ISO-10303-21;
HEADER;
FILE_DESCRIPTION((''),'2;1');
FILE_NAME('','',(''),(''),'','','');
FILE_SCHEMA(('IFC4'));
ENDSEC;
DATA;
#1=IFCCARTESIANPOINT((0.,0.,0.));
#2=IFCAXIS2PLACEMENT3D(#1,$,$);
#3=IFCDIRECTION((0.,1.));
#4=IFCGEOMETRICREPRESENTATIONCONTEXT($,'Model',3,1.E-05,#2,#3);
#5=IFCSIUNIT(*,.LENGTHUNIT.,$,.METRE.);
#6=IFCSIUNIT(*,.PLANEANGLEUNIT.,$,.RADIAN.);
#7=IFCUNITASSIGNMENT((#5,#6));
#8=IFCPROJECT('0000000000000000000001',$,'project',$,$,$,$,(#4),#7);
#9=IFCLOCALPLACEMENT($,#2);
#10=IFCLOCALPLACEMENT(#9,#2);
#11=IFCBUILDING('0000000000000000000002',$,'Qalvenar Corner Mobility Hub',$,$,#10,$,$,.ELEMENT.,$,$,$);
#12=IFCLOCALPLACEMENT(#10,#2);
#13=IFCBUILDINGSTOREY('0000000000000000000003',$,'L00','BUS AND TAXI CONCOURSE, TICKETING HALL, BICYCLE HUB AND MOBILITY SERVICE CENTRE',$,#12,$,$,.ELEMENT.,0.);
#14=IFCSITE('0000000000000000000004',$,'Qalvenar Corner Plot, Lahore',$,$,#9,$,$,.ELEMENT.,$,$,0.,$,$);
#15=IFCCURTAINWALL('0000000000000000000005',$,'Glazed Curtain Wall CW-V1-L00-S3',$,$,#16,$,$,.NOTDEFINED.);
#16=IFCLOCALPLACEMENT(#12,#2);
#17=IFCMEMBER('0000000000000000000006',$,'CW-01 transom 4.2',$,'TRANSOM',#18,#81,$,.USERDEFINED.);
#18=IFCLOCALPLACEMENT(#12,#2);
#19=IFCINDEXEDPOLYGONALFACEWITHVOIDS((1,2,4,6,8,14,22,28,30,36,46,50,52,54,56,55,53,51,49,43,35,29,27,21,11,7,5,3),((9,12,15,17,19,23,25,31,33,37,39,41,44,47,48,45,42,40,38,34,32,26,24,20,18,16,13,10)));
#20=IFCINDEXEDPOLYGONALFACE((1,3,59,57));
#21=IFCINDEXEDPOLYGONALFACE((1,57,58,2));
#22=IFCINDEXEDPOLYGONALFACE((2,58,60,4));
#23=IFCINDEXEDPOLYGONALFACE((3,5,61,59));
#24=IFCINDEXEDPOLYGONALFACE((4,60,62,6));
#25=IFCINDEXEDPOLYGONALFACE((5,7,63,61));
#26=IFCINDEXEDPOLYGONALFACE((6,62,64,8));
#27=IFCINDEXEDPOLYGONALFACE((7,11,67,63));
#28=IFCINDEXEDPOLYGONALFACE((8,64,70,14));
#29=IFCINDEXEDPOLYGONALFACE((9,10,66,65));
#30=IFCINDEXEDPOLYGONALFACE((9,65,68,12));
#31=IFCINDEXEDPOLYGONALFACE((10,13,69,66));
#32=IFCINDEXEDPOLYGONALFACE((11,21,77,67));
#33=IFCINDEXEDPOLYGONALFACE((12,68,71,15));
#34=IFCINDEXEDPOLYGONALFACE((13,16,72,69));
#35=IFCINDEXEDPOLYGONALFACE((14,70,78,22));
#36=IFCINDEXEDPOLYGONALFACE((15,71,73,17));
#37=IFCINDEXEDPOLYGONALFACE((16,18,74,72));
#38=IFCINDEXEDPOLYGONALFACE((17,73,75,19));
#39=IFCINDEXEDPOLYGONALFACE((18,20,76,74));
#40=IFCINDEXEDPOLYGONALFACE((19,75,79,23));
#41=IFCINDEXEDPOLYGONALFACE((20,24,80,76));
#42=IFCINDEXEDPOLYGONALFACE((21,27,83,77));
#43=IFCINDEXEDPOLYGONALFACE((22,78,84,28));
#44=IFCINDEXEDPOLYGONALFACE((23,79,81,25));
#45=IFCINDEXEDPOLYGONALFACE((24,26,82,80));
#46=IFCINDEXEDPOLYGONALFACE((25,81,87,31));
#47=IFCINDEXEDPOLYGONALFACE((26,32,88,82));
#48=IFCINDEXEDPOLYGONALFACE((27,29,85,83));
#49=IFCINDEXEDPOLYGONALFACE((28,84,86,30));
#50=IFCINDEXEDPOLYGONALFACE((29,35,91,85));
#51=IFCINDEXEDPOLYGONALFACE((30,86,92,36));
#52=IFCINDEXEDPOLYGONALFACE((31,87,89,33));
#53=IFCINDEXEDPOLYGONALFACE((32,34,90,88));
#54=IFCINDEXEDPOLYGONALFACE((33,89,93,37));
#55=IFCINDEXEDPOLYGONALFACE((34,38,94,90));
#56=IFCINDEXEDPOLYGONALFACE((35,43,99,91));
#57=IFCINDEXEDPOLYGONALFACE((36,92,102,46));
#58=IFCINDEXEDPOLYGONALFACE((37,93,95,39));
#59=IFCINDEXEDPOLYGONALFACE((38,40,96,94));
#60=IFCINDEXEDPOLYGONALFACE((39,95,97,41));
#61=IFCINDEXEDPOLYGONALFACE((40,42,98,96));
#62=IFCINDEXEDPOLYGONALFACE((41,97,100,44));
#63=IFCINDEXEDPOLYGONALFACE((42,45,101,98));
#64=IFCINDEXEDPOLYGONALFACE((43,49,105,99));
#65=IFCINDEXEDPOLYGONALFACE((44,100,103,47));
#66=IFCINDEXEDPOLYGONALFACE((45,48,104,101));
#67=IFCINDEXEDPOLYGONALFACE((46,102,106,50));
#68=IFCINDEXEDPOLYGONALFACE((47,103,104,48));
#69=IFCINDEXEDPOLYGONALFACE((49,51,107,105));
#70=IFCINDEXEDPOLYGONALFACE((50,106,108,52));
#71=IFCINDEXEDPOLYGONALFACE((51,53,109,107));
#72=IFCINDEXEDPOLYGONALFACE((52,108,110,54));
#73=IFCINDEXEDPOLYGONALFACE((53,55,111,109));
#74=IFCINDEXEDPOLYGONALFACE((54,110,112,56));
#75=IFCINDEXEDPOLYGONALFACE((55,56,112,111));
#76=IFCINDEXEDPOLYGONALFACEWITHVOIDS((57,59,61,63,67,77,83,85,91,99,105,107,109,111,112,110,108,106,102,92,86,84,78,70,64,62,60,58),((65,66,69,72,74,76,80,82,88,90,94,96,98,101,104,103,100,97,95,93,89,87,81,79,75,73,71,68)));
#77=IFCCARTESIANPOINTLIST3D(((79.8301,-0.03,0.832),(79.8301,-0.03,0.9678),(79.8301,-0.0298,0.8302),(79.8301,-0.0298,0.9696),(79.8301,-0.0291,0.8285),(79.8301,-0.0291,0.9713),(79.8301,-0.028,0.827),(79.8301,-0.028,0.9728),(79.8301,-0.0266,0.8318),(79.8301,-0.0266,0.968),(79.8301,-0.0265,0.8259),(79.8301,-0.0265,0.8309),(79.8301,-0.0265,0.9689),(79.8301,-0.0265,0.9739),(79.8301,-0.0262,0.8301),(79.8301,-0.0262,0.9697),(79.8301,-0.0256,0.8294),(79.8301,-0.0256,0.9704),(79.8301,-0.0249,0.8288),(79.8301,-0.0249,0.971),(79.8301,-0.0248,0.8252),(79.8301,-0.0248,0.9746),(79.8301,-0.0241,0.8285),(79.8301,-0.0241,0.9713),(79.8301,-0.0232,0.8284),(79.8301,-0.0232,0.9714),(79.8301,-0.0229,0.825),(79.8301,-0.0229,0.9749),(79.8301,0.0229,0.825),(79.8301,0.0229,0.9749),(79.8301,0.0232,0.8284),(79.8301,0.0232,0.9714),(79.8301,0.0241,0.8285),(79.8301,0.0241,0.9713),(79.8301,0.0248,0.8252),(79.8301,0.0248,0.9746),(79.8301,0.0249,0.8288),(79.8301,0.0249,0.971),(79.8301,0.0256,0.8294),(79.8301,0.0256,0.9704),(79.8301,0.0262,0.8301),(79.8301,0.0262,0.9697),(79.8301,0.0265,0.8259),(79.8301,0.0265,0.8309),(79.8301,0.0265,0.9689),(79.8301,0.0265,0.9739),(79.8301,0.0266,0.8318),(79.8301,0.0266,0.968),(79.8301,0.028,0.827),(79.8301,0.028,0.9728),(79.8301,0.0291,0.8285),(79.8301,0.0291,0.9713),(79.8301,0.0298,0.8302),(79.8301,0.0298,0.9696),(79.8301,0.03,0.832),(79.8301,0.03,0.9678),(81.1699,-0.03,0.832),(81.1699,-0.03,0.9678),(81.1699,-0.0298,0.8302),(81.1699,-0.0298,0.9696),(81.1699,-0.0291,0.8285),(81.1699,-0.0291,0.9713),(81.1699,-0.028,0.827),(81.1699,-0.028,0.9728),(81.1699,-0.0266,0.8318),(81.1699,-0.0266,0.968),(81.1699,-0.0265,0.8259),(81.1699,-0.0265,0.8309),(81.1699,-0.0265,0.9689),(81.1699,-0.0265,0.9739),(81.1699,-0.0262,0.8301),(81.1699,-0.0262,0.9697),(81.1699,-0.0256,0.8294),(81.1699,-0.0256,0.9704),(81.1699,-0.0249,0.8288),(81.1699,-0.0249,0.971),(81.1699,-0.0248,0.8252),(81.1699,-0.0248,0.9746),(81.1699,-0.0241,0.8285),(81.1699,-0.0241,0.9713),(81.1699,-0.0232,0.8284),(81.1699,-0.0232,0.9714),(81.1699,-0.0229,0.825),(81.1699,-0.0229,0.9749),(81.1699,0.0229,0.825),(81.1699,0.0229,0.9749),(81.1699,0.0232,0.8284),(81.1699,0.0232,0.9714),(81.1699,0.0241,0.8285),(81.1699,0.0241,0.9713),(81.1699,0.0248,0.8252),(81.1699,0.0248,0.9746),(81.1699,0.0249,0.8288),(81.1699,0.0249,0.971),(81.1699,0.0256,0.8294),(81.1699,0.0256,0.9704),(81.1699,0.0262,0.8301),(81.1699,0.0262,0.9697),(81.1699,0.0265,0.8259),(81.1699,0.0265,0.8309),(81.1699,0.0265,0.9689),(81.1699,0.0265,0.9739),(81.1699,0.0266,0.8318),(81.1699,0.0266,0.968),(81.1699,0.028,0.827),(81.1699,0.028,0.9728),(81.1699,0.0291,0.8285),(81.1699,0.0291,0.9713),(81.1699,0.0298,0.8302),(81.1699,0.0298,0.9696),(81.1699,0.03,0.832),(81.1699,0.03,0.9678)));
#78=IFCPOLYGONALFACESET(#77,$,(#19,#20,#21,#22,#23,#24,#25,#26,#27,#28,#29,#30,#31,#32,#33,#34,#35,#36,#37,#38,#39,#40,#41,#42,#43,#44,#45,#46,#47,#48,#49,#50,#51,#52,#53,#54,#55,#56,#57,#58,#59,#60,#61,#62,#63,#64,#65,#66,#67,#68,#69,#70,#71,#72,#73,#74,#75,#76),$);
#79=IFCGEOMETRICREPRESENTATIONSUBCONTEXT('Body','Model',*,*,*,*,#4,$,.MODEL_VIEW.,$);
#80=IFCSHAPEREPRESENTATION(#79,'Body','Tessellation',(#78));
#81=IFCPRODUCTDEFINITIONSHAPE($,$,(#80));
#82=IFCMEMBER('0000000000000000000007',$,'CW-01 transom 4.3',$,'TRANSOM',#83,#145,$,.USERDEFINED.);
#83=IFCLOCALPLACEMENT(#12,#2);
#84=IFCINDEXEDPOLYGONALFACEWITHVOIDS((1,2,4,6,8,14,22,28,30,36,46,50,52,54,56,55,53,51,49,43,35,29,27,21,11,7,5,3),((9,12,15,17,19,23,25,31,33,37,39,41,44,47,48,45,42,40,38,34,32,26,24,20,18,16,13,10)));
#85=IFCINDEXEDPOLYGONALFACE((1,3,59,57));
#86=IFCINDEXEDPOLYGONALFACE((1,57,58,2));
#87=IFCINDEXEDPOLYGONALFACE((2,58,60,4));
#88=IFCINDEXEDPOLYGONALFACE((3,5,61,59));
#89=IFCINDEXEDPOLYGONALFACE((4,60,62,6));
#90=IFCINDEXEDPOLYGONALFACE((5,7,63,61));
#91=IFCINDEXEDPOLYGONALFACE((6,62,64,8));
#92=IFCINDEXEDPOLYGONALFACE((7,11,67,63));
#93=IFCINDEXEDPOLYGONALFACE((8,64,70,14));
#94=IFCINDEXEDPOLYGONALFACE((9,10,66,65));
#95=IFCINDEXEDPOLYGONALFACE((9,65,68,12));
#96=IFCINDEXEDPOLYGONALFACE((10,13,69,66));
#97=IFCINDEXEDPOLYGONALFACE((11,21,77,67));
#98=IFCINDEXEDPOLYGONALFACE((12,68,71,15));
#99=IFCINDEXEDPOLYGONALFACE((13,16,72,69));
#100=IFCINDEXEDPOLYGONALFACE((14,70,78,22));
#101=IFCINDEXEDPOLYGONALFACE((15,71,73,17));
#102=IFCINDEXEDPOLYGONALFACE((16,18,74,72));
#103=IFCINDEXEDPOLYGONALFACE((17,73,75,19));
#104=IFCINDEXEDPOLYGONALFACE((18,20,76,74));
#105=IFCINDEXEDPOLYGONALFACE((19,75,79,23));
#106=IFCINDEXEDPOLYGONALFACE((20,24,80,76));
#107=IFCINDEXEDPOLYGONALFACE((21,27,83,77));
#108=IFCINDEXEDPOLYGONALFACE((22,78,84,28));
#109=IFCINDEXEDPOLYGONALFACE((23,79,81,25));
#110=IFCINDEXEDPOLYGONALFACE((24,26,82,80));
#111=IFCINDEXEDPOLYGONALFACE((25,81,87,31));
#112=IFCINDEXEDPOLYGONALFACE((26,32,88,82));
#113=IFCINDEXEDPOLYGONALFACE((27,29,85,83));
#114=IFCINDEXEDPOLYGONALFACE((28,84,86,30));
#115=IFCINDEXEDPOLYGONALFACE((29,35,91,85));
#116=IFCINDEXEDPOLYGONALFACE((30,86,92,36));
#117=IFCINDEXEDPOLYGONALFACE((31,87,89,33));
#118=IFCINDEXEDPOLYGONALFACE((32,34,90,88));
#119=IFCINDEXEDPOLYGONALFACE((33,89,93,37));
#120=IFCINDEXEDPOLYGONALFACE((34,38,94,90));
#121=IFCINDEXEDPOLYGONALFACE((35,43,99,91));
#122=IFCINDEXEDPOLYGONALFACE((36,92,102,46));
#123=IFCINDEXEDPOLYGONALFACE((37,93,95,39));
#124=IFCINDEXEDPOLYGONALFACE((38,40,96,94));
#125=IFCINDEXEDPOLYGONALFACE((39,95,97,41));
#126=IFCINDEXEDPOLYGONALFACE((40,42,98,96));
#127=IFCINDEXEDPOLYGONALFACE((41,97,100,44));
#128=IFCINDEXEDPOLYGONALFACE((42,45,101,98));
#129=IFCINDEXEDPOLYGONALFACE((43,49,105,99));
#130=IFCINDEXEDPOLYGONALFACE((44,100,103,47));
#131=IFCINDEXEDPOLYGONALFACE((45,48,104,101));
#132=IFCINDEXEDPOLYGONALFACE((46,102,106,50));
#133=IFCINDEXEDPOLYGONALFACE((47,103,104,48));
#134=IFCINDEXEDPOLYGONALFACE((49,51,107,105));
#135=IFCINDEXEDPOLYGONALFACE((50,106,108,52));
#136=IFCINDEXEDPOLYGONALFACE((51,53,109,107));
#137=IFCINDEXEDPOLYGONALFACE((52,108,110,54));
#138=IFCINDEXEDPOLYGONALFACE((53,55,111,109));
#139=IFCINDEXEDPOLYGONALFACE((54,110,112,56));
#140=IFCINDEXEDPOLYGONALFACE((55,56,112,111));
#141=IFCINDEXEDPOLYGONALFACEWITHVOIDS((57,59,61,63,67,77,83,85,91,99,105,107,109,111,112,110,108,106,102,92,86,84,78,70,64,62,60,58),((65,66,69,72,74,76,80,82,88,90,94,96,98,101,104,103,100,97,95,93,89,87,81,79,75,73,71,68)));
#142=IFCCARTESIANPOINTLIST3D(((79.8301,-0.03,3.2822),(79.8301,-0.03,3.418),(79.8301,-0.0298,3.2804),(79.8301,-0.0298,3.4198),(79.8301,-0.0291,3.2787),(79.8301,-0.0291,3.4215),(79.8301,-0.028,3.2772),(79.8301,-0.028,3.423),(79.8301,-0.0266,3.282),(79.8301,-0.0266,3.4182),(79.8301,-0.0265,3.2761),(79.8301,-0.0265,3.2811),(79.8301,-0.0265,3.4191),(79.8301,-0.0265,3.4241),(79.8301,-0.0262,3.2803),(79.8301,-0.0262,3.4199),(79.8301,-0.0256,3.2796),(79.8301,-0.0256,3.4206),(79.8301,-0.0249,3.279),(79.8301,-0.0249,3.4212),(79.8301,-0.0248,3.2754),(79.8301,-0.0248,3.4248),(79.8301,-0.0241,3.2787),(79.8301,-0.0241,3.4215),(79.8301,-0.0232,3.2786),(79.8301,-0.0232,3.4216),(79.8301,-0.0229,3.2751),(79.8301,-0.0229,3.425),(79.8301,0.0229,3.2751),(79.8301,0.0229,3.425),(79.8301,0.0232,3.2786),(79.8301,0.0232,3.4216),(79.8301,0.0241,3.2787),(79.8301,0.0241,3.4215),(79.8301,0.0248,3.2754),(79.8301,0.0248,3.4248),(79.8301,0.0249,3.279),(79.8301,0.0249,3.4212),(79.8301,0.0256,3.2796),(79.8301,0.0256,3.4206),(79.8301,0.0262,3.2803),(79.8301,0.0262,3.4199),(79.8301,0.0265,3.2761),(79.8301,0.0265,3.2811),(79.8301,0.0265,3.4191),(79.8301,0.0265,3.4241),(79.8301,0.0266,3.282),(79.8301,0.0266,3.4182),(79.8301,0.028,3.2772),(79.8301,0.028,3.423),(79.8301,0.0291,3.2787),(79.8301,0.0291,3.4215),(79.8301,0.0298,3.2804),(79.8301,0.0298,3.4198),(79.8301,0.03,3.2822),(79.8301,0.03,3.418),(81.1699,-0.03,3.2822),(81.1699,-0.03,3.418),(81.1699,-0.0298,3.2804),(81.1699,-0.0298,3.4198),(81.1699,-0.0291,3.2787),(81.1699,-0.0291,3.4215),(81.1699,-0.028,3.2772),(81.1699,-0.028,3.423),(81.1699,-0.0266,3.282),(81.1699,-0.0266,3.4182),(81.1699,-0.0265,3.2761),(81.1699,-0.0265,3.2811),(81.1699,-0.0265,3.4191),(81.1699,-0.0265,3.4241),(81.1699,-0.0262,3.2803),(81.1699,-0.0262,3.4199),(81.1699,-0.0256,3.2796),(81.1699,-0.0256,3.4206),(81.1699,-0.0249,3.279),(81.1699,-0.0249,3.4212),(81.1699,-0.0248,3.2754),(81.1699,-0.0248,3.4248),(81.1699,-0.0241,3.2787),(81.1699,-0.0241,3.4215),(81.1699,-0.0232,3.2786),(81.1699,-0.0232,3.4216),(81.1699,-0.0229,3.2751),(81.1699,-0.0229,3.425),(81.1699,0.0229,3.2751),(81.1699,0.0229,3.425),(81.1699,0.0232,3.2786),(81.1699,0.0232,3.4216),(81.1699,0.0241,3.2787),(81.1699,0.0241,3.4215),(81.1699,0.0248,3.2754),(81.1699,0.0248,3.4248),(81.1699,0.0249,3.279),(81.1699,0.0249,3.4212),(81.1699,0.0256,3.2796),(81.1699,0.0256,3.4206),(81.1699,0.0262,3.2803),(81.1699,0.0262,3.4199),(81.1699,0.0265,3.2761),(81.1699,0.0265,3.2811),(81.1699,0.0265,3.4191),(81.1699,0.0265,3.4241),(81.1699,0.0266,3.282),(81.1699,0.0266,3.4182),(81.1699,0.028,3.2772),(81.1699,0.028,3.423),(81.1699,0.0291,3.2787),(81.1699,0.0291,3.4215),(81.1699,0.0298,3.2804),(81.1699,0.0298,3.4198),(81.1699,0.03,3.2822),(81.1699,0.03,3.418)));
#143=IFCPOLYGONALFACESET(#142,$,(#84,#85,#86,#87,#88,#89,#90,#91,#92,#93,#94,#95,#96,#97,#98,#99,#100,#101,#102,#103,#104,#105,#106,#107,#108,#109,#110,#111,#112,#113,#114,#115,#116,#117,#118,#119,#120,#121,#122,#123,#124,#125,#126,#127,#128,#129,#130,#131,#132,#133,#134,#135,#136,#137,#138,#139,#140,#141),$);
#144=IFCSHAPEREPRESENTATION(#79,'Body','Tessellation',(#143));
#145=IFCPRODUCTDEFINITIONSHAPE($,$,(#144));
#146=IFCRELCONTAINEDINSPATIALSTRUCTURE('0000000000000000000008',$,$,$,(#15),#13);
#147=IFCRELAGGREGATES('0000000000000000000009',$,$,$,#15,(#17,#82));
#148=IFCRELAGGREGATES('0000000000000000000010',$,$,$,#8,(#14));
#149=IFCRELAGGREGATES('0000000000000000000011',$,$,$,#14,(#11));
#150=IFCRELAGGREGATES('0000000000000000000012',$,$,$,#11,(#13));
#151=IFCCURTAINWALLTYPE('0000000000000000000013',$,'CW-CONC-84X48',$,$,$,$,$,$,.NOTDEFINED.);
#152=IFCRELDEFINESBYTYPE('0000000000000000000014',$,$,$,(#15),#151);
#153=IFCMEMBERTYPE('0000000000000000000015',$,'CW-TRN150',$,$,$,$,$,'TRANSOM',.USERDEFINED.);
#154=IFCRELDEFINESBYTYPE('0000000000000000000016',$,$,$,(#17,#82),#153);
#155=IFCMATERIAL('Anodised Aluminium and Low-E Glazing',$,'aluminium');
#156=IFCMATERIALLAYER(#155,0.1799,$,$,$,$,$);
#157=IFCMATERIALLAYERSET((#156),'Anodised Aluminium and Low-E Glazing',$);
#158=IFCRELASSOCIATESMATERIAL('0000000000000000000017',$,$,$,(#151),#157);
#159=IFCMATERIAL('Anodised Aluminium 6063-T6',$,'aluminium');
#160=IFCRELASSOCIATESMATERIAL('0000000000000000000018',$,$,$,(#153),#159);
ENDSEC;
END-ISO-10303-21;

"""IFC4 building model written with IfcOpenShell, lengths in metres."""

from ifc_helpers import new_model, si_unit, direction, frame, origin, origin_2d, place, context, subcontext, project, spatial, hollow_rectangle, extrude, material, layer, layer_set, material_profile, profile_set, type_object, element, aggregate, save


model = new_model("IFC4")

# Units and contexts
model_context = context("Model", 3, precision=1e-05, world=origin(), true_north=direction((0.0, 1.0)))
body_context = subcontext(model_context, "Body", "Model", "MODEL_VIEW")
ifc_project = project(units=[si_unit("LENGTHUNIT", "METRE"), si_unit("PLANEANGLEUNIT", "RADIAN")], contexts=[model_context])

# Site, building, storey
site_placement = place(None, origin())
site = spatial("IfcSite", under=ifc_project, at=site_placement, Name="Qalvenar Corner Plot, Lahore", CompositionType="ELEMENT", RefElevation=0.0)
building_placement = place(site_placement, origin())
building = spatial("IfcBuilding", under=site, at=building_placement, Name="Qalvenar Corner Mobility Hub", CompositionType="ELEMENT")
storey_placement = place(building_placement, origin())
storey = spatial("IfcBuildingStorey", under=building, at=storey_placement, Name="L00", Description="BUS AND TAXI CONCOURSE, TICKETING HALL, BICYCLE HUB AND MOBILITY SERVICE CENTRE", CompositionType="ELEMENT", Elevation=0.0)

# Curtain wall, members
ifc_material_1 = material(Name="Anodised Aluminium and Low-E Glazing", Category="aluminium")
ifc_layer_1 = layer(ifc_material_1, 0.1799)
ifc_layer_set_1 = layer_set([ifc_layer_1], Name="Anodised Aluminium and Low-E Glazing")
curtain_wall_type = type_object("IfcCurtainWallType", Name="CW-CONC-84X48", PredefinedType="NOTDEFINED", material=ifc_layer_set_1)
curtain_wall_placement = place(storey_placement, origin())
curtain_wall = element("IfcCurtainWall", 1, at=curtain_wall_placement, inside=storey, type_object=curtain_wall_type, Name="Glazed Curtain Wall CW-V1-L00-S3", PredefinedType="NOTDEFINED")
ifc_material_2 = material(Name="Anodised Aluminium 6063-T6", Category="aluminium")
ifc_material_profile_1 = material_profile(ifc_material_2, hollow_rectangle(XDim=0.0601, YDim=0.1499, WallThickness=0.0034, InnerFilletRadius=0.0034, OuterFilletRadius=0.0071, at=origin_2d()), Name="RHS150x60x3.5")
ifc_profile_set_1 = profile_set([ifc_material_profile_1], Name="Anodised Aluminium 6063-T6")
member_type_1 = type_object("IfcMemberType", Name="CW-TRN150", ElementType="TRANSOM", PredefinedType="USERDEFINED", material=ifc_profile_set_1)
member_1_placement = place(storey_placement, frame((79.8301, 0.0, 0.8999), z_axis=(1.0, 0.0, 0.0), x_axis=(0.0, 1.0, 0.0)))
member_1 = element("IfcMember", 2, at=member_1_placement, type_object=member_type_1, Name="CW-01 transom 4.2", ObjectType="TRANSOM", PredefinedType="USERDEFINED", context=body_context, shape_type="SweptSolid", body=[
    extrude(hollow_rectangle(XDim=0.0601, YDim=0.1499, WallThickness=0.0034, InnerFilletRadius=0.0034, OuterFilletRadius=0.0071, at=origin_2d()), origin(), (0.0, 0.0, 1.0), 1.3398),
])
member_2_placement = place(storey_placement, frame((79.8301, 0.0, 3.3501), z_axis=(1.0, 0.0, 0.0), x_axis=(0.0, 1.0, 0.0)))
member_2 = element("IfcMember", 3, at=member_2_placement, type_object=member_type_1, Name="CW-01 transom 4.3", ObjectType="TRANSOM", PredefinedType="USERDEFINED", context=body_context, shape_type="SweptSolid", body=[
    extrude(hollow_rectangle(XDim=0.0601, YDim=0.1499, WallThickness=0.0034, InnerFilletRadius=0.0034, OuterFilletRadius=0.0071, at=origin_2d()), origin(), (0.0, 0.0, 1.0), 1.3398),
])
aggregate(curtain_wall, [member_1, member_2])

save(model, "model.ifc")
